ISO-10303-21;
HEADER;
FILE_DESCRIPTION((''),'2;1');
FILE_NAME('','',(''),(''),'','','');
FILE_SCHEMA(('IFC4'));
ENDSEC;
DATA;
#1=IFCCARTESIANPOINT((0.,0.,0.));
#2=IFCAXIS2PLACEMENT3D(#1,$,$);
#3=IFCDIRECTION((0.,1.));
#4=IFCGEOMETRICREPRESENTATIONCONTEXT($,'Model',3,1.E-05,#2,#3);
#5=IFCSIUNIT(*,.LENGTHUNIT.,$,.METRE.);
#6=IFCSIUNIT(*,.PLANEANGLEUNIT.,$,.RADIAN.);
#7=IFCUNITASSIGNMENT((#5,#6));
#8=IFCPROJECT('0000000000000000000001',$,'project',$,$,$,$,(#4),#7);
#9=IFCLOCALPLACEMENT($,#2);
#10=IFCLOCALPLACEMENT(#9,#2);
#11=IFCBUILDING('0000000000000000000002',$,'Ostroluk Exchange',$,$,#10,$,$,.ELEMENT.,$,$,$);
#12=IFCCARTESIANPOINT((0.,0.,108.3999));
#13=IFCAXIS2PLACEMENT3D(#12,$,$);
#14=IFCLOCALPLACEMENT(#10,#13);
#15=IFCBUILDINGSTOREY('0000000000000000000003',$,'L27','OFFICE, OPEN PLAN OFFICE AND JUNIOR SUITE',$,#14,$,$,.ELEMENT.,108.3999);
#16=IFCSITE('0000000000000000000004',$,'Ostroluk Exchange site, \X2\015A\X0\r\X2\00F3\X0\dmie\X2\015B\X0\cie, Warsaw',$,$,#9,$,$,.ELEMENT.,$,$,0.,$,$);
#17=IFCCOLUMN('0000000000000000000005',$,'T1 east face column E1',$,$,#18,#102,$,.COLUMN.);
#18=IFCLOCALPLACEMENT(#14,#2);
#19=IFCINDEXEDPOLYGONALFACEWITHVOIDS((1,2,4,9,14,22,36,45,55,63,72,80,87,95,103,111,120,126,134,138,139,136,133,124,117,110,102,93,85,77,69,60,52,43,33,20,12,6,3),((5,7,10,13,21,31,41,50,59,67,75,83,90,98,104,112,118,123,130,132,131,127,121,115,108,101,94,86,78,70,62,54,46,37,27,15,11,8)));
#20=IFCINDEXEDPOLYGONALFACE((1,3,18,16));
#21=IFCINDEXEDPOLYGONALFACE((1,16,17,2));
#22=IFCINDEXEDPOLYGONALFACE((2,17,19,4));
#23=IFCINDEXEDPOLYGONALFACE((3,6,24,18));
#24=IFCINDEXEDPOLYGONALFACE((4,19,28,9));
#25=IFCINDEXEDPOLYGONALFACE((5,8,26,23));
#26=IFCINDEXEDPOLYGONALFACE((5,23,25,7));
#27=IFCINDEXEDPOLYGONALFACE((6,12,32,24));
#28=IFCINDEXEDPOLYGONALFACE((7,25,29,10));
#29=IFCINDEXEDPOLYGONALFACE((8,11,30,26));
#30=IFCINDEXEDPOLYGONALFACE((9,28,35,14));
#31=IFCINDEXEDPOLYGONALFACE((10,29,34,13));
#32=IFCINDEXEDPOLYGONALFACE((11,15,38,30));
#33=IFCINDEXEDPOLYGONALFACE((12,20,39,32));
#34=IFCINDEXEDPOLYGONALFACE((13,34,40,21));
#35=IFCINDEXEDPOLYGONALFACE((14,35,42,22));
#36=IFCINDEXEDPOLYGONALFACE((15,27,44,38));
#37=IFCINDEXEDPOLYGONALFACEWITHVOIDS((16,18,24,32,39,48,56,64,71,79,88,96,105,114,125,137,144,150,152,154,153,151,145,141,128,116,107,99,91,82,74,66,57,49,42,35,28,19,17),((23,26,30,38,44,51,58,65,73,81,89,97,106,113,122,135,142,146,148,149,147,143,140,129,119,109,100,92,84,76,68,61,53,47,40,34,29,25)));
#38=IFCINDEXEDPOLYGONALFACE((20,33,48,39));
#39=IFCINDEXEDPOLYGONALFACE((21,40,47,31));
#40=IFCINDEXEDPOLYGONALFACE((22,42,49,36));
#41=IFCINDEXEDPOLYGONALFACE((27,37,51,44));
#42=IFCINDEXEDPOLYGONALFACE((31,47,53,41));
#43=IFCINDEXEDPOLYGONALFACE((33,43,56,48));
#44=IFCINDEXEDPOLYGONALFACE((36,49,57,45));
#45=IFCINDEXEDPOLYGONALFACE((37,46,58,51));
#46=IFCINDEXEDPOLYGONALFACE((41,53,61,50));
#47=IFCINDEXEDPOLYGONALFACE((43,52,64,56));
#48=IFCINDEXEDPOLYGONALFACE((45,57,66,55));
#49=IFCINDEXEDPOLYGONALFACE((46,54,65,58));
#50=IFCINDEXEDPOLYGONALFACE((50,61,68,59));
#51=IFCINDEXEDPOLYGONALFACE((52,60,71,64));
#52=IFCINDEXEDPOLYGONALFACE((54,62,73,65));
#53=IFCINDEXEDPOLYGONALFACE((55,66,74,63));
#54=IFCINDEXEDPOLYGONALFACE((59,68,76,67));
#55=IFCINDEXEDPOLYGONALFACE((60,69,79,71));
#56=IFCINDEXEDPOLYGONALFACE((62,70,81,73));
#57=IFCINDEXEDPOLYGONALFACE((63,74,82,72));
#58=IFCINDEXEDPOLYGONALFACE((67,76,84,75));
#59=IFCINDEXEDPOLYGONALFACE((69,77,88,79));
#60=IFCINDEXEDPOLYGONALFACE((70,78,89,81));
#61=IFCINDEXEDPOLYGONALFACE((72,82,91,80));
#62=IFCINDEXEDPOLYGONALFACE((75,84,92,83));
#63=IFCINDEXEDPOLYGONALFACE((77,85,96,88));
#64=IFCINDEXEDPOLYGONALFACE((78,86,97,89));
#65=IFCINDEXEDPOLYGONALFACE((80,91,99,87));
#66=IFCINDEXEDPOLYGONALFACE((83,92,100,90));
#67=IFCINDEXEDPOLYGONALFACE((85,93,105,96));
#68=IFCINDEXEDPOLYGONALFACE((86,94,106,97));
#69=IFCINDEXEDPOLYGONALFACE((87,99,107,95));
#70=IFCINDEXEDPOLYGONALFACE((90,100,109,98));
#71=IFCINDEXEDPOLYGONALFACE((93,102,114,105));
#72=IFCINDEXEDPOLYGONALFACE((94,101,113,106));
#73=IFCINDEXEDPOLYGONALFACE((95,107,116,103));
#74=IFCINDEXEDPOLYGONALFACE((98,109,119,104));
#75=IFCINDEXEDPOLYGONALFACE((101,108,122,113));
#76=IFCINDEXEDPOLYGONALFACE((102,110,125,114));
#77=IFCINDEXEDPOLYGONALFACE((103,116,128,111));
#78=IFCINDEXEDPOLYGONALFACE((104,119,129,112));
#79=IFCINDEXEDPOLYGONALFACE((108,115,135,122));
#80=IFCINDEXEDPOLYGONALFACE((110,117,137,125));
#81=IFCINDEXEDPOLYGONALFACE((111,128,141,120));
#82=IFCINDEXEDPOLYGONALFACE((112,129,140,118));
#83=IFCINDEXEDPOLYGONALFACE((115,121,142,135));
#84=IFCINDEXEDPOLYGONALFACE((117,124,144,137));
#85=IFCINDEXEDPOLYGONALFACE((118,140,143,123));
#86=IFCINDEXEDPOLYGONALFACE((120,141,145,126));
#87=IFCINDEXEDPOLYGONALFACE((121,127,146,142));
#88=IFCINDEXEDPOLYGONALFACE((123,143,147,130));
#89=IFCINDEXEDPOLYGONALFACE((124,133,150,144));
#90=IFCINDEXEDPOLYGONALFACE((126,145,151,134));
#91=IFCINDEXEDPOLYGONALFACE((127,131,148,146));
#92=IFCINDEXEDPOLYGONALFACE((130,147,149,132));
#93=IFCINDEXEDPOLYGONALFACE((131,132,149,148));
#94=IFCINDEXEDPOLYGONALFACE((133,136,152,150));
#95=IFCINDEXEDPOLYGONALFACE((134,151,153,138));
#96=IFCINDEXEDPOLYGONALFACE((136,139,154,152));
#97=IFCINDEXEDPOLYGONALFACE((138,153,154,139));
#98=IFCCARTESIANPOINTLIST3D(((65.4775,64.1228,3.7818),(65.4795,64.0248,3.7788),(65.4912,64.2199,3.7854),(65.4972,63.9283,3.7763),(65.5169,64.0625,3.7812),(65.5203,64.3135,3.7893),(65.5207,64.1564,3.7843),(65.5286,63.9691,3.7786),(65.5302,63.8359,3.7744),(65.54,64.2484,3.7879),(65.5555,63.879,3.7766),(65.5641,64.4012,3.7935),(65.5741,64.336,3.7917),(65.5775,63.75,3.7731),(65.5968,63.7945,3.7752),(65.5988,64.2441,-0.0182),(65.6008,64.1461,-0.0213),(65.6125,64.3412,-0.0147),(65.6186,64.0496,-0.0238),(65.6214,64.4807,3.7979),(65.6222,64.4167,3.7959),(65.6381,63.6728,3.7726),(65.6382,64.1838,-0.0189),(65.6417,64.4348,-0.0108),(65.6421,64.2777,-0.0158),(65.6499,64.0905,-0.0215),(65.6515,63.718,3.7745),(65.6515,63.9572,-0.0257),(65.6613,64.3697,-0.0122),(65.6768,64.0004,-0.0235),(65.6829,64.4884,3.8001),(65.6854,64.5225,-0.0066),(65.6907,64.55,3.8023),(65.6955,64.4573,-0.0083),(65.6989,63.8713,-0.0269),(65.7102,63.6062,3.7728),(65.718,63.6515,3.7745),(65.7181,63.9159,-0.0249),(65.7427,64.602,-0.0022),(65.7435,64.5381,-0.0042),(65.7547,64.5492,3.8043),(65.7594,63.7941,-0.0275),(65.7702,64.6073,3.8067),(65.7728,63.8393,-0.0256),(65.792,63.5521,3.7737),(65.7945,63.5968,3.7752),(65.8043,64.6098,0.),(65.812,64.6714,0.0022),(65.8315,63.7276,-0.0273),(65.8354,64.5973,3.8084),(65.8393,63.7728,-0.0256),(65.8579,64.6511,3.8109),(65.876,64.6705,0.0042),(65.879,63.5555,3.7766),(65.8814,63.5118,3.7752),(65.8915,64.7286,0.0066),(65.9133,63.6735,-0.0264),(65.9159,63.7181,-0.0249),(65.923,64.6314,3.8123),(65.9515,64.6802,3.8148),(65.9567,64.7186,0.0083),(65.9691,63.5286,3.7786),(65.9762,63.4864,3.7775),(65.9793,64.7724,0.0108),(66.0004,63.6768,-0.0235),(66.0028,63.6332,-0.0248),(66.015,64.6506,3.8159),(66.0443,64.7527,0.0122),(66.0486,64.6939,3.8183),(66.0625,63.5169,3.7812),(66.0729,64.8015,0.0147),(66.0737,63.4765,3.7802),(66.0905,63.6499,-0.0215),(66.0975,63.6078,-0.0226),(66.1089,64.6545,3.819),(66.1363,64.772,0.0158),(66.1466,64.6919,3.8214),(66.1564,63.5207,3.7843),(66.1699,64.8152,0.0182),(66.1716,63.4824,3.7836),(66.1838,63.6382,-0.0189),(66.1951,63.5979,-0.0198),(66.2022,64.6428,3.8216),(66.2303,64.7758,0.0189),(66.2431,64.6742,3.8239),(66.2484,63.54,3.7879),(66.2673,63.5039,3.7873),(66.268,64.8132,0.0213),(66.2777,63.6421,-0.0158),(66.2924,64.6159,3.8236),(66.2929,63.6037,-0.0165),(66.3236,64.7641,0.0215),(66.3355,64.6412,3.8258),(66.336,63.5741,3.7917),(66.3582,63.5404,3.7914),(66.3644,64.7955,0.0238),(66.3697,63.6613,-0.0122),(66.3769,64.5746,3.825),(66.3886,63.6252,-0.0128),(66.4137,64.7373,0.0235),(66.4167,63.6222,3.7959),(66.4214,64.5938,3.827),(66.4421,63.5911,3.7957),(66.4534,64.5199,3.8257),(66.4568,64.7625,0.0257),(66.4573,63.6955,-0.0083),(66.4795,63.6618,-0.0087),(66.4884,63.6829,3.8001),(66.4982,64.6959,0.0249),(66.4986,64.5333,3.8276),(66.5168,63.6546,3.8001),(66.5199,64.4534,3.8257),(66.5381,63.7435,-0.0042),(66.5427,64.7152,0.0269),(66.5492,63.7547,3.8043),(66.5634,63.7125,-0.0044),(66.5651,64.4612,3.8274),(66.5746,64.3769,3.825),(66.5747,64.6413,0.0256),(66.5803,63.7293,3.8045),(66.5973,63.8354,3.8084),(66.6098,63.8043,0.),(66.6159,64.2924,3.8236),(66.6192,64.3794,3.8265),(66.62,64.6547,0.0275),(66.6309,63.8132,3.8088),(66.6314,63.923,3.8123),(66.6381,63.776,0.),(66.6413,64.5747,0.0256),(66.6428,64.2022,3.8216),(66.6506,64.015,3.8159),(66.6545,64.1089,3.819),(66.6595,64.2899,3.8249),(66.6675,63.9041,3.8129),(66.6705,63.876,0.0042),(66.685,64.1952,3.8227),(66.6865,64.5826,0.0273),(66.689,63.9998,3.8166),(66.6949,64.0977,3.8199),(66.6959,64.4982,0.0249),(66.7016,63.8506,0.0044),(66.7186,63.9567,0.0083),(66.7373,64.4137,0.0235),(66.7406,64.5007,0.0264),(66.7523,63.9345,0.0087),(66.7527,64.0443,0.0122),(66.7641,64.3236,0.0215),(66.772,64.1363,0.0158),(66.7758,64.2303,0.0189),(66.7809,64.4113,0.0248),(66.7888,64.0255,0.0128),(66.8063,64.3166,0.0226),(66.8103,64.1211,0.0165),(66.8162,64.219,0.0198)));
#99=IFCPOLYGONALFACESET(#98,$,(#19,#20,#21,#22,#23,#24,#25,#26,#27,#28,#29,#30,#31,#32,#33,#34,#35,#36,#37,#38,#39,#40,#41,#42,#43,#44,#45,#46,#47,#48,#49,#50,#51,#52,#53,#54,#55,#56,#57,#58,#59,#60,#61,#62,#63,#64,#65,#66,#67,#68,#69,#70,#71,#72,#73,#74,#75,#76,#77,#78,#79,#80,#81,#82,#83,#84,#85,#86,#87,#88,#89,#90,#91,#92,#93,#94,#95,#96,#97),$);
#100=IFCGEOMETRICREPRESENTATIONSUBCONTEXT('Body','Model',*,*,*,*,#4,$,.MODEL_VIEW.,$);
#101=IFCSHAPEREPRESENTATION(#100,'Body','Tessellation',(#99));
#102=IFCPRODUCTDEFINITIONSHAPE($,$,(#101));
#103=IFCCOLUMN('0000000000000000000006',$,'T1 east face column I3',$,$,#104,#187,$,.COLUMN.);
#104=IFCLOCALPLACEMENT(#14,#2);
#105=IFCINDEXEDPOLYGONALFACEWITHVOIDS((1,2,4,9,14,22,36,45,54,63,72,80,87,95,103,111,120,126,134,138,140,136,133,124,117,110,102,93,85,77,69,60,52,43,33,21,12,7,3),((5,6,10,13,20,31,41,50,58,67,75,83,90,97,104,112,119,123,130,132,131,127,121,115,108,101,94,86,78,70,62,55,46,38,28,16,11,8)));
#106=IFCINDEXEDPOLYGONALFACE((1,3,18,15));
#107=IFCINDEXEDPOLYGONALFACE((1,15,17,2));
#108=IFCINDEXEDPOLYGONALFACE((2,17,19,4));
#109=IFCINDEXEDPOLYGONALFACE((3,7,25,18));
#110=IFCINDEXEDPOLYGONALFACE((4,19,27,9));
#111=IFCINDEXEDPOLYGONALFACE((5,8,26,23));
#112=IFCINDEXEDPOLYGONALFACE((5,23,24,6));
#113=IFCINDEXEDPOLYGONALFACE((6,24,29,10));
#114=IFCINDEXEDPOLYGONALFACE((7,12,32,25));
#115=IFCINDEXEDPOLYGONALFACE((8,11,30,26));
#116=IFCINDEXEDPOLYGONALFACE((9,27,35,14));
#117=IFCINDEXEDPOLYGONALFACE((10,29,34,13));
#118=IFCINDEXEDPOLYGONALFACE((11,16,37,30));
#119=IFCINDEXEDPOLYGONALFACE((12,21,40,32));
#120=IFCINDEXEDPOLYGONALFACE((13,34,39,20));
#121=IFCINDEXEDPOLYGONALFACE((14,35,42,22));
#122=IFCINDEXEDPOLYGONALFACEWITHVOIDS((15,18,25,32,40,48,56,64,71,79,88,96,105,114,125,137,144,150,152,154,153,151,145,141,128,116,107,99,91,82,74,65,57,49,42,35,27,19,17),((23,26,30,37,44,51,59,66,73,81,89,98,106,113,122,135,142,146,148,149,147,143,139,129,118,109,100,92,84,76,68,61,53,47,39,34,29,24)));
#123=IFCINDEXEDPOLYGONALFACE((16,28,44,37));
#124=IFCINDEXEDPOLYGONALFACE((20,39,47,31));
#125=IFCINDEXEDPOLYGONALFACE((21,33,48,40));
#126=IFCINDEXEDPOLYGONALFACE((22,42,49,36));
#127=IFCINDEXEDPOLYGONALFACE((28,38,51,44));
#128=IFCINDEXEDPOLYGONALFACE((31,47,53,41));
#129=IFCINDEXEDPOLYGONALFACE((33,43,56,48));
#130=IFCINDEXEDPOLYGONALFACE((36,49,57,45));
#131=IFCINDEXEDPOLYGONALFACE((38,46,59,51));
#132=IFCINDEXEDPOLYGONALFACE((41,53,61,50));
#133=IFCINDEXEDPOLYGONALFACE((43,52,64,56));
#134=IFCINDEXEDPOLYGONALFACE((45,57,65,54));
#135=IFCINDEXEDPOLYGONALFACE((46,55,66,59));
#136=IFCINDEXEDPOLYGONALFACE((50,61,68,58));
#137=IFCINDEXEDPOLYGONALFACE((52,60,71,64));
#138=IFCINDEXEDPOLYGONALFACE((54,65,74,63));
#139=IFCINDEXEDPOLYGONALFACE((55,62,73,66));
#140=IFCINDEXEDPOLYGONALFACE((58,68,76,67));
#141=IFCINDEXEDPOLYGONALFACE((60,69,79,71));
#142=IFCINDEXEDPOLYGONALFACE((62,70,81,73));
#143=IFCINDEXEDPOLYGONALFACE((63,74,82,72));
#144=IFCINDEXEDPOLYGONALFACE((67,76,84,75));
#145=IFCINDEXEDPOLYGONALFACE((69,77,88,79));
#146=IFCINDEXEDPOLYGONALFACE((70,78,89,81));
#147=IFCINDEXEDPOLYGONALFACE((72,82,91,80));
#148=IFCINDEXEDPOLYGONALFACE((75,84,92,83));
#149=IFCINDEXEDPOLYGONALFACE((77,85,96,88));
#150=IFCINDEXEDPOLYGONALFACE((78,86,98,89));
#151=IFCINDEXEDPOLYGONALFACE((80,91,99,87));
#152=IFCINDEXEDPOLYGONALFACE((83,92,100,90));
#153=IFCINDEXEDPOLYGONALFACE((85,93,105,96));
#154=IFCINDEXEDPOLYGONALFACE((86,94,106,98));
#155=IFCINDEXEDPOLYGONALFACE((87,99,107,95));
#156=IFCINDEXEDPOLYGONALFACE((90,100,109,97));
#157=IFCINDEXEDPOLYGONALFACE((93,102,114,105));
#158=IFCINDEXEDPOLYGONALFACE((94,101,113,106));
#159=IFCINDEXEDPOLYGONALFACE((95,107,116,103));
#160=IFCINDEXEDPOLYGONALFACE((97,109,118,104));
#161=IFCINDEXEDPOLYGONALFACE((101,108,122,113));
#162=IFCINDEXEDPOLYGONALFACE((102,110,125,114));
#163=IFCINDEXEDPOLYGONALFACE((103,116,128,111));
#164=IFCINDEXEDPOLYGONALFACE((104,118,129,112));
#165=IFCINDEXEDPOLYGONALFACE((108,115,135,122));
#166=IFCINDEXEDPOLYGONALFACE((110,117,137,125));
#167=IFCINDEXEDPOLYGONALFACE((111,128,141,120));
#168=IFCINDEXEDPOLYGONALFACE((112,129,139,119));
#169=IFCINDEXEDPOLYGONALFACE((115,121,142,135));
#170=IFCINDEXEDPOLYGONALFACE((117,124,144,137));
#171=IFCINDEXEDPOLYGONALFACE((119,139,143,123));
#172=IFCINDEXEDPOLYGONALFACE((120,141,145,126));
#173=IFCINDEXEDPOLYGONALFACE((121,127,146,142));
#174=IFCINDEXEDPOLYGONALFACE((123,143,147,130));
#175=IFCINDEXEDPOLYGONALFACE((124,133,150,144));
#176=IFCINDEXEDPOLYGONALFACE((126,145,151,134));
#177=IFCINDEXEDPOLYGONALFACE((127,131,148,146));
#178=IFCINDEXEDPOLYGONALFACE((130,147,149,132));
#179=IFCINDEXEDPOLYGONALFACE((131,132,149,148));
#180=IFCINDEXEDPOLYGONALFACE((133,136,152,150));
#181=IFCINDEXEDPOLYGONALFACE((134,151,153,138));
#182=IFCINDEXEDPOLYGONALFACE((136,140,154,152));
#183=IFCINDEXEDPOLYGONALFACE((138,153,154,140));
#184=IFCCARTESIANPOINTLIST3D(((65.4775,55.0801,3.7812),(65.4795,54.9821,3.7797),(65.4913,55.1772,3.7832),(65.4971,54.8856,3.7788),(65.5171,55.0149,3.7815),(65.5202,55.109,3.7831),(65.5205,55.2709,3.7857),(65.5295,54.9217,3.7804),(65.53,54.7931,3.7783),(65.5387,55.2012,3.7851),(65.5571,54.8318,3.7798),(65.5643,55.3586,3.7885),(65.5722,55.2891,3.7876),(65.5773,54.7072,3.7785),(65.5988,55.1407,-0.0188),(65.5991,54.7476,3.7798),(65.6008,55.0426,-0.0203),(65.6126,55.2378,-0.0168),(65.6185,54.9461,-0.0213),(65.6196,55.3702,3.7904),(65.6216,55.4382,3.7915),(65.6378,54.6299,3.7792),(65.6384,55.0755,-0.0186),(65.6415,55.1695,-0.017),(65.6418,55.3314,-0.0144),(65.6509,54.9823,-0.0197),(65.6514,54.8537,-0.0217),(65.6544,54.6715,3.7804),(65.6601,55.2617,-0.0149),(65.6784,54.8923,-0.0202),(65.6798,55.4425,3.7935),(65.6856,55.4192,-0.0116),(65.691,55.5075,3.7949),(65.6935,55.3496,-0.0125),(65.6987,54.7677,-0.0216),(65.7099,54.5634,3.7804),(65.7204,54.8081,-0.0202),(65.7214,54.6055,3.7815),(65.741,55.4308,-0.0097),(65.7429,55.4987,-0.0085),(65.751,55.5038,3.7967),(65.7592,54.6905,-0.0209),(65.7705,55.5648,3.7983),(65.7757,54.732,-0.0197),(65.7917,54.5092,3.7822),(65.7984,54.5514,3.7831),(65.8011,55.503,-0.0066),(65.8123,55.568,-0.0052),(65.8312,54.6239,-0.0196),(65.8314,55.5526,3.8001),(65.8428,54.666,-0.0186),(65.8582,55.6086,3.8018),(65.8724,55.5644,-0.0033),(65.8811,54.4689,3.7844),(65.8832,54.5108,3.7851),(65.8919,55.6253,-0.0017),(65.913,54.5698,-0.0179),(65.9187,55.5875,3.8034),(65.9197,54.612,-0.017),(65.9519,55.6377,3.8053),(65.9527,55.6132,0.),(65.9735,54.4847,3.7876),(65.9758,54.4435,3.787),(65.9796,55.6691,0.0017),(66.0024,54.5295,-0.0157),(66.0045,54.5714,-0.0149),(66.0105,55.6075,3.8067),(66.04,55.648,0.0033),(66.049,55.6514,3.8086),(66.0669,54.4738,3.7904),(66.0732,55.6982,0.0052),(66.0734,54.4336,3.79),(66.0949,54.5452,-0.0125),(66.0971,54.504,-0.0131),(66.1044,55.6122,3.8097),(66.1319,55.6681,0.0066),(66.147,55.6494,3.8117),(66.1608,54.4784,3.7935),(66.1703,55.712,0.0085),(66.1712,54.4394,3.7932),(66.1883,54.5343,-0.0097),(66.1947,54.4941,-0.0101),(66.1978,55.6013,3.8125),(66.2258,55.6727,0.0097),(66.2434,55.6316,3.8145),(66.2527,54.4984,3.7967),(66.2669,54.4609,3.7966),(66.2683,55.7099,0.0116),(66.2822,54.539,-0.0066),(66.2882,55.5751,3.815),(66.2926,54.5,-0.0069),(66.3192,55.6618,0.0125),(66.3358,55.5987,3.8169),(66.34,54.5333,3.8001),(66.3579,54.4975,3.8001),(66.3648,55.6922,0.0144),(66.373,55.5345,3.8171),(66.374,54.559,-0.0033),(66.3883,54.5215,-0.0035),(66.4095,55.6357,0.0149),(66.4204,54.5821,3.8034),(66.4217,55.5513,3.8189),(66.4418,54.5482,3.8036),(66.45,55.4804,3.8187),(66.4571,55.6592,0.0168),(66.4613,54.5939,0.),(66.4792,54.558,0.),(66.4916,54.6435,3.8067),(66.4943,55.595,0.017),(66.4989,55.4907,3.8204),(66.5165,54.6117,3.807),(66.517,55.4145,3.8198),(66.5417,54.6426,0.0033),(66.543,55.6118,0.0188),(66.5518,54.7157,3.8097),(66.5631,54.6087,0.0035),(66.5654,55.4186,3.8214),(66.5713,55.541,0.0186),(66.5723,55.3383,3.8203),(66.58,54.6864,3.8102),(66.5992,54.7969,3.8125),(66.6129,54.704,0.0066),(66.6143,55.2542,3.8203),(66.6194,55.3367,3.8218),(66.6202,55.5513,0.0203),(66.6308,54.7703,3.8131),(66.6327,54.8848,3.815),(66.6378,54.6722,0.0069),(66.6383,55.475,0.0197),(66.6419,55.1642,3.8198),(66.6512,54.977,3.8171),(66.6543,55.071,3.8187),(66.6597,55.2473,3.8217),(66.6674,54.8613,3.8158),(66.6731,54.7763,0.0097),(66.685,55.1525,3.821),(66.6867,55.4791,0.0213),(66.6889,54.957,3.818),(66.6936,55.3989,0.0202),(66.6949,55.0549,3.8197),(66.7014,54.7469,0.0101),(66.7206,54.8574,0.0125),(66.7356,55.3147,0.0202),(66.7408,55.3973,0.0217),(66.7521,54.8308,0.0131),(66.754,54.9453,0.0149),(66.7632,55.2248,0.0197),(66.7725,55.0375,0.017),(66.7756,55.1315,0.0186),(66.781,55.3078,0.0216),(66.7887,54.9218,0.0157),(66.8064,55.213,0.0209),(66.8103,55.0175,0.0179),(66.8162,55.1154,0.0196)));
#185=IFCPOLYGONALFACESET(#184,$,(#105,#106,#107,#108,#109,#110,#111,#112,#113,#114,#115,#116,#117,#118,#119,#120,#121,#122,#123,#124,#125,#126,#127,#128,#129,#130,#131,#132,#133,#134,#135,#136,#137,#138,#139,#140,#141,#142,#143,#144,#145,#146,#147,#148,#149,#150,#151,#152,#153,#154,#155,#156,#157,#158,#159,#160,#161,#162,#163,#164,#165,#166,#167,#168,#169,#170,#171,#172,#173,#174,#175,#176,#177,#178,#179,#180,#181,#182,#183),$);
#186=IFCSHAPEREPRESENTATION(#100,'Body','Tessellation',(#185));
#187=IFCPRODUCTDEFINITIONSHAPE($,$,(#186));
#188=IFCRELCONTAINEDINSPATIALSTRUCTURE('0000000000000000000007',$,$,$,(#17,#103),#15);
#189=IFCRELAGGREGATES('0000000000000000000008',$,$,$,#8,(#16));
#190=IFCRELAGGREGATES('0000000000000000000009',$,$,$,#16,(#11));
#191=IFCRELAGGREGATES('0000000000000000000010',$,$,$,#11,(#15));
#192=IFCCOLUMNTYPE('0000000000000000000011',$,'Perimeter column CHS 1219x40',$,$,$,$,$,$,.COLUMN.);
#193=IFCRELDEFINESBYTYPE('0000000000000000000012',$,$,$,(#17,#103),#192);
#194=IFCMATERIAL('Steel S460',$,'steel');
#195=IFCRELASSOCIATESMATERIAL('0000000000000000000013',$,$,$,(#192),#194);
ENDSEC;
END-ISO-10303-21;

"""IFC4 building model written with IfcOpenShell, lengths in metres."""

from ifc_helpers import new_model, si_unit, direction, frame, origin, origin_2d, place, context, subcontext, project, spatial, hollow_circle, extrude, material, material_profile, profile_set, type_object, element, save


model = new_model("IFC4")

# Units and contexts
model_context = context("Model", 3, precision=1e-05, world=origin(), true_north=direction((0.0, 1.0)))
body_context = subcontext(model_context, "Body", "Model", "MODEL_VIEW")
ifc_project = project(units=[si_unit("LENGTHUNIT", "METRE"), si_unit("PLANEANGLEUNIT", "RADIAN")], contexts=[model_context])

# Site, building, storey
site_placement = place(None, origin())
site = spatial("IfcSite", under=ifc_project, at=site_placement, Name="Ostroluk Exchange site, Śródmieście, Warsaw", CompositionType="ELEMENT", RefElevation=0.0)
building_placement = place(site_placement, origin())
building = spatial("IfcBuilding", under=site, at=building_placement, Name="Ostroluk Exchange", CompositionType="ELEMENT")
storey_placement = place(building_placement, frame((0.0, 0.0, 108.3999)))
storey = spatial("IfcBuildingStorey", under=building, at=storey_placement, Name="L27", Description="OFFICE, OPEN PLAN OFFICE AND JUNIOR SUITE", CompositionType="ELEMENT", Elevation=108.3999)

# Columns
ifc_material_1 = material(Name="Steel S460", Category="steel")
ifc_material_profile_1 = material_profile(ifc_material_1, hollow_circle(Radius=0.6096, WallThickness=0.04, at=origin_2d()), Name="CHS 1219x40")
ifc_profile_set_1 = profile_set([ifc_material_profile_1], Name="Steel S460")
column_type = type_object("IfcColumnType", Name="Perimeter column CHS 1219x40", PredefinedType="COLUMN", material=ifc_profile_set_1)
column_1_placement = place(storey_placement, frame((66.207, 64.207, 0.0), z_axis=(-0.031898, -0.031898, 0.998982), x_axis=(0.707107, -0.707107, 0.0)))
element("IfcColumn", 1, at=column_1_placement, inside=storey, type_object=column_type, Name="T1 east face column E1", PredefinedType="COLUMN", context=body_context, shape_type="SweptSolid", body=[
    extrude(hollow_circle(Radius=0.6096, WallThickness=0.04, at=origin_2d()), origin(), (0.0, 0.0, 1.0), 3.804),
])
column_2_placement = place(storey_placement, frame((66.207, 55.1035, 0.0), z_axis=(-0.03191, -0.015923, 0.999364), x_axis=(0.446493, -0.894787, 0.0)))
element("IfcColumn", 2, at=column_2_placement, inside=storey, type_object=column_type, Name="T1 east face column I3", PredefinedType="COLUMN", context=body_context, shape_type="SweptSolid", body=[
    extrude(hollow_circle(Radius=0.6096, WallThickness=0.04, at=origin_2d()), origin(), (0.0, 0.0, 1.0), 3.8025),
])

save(model, "model.ifc")
